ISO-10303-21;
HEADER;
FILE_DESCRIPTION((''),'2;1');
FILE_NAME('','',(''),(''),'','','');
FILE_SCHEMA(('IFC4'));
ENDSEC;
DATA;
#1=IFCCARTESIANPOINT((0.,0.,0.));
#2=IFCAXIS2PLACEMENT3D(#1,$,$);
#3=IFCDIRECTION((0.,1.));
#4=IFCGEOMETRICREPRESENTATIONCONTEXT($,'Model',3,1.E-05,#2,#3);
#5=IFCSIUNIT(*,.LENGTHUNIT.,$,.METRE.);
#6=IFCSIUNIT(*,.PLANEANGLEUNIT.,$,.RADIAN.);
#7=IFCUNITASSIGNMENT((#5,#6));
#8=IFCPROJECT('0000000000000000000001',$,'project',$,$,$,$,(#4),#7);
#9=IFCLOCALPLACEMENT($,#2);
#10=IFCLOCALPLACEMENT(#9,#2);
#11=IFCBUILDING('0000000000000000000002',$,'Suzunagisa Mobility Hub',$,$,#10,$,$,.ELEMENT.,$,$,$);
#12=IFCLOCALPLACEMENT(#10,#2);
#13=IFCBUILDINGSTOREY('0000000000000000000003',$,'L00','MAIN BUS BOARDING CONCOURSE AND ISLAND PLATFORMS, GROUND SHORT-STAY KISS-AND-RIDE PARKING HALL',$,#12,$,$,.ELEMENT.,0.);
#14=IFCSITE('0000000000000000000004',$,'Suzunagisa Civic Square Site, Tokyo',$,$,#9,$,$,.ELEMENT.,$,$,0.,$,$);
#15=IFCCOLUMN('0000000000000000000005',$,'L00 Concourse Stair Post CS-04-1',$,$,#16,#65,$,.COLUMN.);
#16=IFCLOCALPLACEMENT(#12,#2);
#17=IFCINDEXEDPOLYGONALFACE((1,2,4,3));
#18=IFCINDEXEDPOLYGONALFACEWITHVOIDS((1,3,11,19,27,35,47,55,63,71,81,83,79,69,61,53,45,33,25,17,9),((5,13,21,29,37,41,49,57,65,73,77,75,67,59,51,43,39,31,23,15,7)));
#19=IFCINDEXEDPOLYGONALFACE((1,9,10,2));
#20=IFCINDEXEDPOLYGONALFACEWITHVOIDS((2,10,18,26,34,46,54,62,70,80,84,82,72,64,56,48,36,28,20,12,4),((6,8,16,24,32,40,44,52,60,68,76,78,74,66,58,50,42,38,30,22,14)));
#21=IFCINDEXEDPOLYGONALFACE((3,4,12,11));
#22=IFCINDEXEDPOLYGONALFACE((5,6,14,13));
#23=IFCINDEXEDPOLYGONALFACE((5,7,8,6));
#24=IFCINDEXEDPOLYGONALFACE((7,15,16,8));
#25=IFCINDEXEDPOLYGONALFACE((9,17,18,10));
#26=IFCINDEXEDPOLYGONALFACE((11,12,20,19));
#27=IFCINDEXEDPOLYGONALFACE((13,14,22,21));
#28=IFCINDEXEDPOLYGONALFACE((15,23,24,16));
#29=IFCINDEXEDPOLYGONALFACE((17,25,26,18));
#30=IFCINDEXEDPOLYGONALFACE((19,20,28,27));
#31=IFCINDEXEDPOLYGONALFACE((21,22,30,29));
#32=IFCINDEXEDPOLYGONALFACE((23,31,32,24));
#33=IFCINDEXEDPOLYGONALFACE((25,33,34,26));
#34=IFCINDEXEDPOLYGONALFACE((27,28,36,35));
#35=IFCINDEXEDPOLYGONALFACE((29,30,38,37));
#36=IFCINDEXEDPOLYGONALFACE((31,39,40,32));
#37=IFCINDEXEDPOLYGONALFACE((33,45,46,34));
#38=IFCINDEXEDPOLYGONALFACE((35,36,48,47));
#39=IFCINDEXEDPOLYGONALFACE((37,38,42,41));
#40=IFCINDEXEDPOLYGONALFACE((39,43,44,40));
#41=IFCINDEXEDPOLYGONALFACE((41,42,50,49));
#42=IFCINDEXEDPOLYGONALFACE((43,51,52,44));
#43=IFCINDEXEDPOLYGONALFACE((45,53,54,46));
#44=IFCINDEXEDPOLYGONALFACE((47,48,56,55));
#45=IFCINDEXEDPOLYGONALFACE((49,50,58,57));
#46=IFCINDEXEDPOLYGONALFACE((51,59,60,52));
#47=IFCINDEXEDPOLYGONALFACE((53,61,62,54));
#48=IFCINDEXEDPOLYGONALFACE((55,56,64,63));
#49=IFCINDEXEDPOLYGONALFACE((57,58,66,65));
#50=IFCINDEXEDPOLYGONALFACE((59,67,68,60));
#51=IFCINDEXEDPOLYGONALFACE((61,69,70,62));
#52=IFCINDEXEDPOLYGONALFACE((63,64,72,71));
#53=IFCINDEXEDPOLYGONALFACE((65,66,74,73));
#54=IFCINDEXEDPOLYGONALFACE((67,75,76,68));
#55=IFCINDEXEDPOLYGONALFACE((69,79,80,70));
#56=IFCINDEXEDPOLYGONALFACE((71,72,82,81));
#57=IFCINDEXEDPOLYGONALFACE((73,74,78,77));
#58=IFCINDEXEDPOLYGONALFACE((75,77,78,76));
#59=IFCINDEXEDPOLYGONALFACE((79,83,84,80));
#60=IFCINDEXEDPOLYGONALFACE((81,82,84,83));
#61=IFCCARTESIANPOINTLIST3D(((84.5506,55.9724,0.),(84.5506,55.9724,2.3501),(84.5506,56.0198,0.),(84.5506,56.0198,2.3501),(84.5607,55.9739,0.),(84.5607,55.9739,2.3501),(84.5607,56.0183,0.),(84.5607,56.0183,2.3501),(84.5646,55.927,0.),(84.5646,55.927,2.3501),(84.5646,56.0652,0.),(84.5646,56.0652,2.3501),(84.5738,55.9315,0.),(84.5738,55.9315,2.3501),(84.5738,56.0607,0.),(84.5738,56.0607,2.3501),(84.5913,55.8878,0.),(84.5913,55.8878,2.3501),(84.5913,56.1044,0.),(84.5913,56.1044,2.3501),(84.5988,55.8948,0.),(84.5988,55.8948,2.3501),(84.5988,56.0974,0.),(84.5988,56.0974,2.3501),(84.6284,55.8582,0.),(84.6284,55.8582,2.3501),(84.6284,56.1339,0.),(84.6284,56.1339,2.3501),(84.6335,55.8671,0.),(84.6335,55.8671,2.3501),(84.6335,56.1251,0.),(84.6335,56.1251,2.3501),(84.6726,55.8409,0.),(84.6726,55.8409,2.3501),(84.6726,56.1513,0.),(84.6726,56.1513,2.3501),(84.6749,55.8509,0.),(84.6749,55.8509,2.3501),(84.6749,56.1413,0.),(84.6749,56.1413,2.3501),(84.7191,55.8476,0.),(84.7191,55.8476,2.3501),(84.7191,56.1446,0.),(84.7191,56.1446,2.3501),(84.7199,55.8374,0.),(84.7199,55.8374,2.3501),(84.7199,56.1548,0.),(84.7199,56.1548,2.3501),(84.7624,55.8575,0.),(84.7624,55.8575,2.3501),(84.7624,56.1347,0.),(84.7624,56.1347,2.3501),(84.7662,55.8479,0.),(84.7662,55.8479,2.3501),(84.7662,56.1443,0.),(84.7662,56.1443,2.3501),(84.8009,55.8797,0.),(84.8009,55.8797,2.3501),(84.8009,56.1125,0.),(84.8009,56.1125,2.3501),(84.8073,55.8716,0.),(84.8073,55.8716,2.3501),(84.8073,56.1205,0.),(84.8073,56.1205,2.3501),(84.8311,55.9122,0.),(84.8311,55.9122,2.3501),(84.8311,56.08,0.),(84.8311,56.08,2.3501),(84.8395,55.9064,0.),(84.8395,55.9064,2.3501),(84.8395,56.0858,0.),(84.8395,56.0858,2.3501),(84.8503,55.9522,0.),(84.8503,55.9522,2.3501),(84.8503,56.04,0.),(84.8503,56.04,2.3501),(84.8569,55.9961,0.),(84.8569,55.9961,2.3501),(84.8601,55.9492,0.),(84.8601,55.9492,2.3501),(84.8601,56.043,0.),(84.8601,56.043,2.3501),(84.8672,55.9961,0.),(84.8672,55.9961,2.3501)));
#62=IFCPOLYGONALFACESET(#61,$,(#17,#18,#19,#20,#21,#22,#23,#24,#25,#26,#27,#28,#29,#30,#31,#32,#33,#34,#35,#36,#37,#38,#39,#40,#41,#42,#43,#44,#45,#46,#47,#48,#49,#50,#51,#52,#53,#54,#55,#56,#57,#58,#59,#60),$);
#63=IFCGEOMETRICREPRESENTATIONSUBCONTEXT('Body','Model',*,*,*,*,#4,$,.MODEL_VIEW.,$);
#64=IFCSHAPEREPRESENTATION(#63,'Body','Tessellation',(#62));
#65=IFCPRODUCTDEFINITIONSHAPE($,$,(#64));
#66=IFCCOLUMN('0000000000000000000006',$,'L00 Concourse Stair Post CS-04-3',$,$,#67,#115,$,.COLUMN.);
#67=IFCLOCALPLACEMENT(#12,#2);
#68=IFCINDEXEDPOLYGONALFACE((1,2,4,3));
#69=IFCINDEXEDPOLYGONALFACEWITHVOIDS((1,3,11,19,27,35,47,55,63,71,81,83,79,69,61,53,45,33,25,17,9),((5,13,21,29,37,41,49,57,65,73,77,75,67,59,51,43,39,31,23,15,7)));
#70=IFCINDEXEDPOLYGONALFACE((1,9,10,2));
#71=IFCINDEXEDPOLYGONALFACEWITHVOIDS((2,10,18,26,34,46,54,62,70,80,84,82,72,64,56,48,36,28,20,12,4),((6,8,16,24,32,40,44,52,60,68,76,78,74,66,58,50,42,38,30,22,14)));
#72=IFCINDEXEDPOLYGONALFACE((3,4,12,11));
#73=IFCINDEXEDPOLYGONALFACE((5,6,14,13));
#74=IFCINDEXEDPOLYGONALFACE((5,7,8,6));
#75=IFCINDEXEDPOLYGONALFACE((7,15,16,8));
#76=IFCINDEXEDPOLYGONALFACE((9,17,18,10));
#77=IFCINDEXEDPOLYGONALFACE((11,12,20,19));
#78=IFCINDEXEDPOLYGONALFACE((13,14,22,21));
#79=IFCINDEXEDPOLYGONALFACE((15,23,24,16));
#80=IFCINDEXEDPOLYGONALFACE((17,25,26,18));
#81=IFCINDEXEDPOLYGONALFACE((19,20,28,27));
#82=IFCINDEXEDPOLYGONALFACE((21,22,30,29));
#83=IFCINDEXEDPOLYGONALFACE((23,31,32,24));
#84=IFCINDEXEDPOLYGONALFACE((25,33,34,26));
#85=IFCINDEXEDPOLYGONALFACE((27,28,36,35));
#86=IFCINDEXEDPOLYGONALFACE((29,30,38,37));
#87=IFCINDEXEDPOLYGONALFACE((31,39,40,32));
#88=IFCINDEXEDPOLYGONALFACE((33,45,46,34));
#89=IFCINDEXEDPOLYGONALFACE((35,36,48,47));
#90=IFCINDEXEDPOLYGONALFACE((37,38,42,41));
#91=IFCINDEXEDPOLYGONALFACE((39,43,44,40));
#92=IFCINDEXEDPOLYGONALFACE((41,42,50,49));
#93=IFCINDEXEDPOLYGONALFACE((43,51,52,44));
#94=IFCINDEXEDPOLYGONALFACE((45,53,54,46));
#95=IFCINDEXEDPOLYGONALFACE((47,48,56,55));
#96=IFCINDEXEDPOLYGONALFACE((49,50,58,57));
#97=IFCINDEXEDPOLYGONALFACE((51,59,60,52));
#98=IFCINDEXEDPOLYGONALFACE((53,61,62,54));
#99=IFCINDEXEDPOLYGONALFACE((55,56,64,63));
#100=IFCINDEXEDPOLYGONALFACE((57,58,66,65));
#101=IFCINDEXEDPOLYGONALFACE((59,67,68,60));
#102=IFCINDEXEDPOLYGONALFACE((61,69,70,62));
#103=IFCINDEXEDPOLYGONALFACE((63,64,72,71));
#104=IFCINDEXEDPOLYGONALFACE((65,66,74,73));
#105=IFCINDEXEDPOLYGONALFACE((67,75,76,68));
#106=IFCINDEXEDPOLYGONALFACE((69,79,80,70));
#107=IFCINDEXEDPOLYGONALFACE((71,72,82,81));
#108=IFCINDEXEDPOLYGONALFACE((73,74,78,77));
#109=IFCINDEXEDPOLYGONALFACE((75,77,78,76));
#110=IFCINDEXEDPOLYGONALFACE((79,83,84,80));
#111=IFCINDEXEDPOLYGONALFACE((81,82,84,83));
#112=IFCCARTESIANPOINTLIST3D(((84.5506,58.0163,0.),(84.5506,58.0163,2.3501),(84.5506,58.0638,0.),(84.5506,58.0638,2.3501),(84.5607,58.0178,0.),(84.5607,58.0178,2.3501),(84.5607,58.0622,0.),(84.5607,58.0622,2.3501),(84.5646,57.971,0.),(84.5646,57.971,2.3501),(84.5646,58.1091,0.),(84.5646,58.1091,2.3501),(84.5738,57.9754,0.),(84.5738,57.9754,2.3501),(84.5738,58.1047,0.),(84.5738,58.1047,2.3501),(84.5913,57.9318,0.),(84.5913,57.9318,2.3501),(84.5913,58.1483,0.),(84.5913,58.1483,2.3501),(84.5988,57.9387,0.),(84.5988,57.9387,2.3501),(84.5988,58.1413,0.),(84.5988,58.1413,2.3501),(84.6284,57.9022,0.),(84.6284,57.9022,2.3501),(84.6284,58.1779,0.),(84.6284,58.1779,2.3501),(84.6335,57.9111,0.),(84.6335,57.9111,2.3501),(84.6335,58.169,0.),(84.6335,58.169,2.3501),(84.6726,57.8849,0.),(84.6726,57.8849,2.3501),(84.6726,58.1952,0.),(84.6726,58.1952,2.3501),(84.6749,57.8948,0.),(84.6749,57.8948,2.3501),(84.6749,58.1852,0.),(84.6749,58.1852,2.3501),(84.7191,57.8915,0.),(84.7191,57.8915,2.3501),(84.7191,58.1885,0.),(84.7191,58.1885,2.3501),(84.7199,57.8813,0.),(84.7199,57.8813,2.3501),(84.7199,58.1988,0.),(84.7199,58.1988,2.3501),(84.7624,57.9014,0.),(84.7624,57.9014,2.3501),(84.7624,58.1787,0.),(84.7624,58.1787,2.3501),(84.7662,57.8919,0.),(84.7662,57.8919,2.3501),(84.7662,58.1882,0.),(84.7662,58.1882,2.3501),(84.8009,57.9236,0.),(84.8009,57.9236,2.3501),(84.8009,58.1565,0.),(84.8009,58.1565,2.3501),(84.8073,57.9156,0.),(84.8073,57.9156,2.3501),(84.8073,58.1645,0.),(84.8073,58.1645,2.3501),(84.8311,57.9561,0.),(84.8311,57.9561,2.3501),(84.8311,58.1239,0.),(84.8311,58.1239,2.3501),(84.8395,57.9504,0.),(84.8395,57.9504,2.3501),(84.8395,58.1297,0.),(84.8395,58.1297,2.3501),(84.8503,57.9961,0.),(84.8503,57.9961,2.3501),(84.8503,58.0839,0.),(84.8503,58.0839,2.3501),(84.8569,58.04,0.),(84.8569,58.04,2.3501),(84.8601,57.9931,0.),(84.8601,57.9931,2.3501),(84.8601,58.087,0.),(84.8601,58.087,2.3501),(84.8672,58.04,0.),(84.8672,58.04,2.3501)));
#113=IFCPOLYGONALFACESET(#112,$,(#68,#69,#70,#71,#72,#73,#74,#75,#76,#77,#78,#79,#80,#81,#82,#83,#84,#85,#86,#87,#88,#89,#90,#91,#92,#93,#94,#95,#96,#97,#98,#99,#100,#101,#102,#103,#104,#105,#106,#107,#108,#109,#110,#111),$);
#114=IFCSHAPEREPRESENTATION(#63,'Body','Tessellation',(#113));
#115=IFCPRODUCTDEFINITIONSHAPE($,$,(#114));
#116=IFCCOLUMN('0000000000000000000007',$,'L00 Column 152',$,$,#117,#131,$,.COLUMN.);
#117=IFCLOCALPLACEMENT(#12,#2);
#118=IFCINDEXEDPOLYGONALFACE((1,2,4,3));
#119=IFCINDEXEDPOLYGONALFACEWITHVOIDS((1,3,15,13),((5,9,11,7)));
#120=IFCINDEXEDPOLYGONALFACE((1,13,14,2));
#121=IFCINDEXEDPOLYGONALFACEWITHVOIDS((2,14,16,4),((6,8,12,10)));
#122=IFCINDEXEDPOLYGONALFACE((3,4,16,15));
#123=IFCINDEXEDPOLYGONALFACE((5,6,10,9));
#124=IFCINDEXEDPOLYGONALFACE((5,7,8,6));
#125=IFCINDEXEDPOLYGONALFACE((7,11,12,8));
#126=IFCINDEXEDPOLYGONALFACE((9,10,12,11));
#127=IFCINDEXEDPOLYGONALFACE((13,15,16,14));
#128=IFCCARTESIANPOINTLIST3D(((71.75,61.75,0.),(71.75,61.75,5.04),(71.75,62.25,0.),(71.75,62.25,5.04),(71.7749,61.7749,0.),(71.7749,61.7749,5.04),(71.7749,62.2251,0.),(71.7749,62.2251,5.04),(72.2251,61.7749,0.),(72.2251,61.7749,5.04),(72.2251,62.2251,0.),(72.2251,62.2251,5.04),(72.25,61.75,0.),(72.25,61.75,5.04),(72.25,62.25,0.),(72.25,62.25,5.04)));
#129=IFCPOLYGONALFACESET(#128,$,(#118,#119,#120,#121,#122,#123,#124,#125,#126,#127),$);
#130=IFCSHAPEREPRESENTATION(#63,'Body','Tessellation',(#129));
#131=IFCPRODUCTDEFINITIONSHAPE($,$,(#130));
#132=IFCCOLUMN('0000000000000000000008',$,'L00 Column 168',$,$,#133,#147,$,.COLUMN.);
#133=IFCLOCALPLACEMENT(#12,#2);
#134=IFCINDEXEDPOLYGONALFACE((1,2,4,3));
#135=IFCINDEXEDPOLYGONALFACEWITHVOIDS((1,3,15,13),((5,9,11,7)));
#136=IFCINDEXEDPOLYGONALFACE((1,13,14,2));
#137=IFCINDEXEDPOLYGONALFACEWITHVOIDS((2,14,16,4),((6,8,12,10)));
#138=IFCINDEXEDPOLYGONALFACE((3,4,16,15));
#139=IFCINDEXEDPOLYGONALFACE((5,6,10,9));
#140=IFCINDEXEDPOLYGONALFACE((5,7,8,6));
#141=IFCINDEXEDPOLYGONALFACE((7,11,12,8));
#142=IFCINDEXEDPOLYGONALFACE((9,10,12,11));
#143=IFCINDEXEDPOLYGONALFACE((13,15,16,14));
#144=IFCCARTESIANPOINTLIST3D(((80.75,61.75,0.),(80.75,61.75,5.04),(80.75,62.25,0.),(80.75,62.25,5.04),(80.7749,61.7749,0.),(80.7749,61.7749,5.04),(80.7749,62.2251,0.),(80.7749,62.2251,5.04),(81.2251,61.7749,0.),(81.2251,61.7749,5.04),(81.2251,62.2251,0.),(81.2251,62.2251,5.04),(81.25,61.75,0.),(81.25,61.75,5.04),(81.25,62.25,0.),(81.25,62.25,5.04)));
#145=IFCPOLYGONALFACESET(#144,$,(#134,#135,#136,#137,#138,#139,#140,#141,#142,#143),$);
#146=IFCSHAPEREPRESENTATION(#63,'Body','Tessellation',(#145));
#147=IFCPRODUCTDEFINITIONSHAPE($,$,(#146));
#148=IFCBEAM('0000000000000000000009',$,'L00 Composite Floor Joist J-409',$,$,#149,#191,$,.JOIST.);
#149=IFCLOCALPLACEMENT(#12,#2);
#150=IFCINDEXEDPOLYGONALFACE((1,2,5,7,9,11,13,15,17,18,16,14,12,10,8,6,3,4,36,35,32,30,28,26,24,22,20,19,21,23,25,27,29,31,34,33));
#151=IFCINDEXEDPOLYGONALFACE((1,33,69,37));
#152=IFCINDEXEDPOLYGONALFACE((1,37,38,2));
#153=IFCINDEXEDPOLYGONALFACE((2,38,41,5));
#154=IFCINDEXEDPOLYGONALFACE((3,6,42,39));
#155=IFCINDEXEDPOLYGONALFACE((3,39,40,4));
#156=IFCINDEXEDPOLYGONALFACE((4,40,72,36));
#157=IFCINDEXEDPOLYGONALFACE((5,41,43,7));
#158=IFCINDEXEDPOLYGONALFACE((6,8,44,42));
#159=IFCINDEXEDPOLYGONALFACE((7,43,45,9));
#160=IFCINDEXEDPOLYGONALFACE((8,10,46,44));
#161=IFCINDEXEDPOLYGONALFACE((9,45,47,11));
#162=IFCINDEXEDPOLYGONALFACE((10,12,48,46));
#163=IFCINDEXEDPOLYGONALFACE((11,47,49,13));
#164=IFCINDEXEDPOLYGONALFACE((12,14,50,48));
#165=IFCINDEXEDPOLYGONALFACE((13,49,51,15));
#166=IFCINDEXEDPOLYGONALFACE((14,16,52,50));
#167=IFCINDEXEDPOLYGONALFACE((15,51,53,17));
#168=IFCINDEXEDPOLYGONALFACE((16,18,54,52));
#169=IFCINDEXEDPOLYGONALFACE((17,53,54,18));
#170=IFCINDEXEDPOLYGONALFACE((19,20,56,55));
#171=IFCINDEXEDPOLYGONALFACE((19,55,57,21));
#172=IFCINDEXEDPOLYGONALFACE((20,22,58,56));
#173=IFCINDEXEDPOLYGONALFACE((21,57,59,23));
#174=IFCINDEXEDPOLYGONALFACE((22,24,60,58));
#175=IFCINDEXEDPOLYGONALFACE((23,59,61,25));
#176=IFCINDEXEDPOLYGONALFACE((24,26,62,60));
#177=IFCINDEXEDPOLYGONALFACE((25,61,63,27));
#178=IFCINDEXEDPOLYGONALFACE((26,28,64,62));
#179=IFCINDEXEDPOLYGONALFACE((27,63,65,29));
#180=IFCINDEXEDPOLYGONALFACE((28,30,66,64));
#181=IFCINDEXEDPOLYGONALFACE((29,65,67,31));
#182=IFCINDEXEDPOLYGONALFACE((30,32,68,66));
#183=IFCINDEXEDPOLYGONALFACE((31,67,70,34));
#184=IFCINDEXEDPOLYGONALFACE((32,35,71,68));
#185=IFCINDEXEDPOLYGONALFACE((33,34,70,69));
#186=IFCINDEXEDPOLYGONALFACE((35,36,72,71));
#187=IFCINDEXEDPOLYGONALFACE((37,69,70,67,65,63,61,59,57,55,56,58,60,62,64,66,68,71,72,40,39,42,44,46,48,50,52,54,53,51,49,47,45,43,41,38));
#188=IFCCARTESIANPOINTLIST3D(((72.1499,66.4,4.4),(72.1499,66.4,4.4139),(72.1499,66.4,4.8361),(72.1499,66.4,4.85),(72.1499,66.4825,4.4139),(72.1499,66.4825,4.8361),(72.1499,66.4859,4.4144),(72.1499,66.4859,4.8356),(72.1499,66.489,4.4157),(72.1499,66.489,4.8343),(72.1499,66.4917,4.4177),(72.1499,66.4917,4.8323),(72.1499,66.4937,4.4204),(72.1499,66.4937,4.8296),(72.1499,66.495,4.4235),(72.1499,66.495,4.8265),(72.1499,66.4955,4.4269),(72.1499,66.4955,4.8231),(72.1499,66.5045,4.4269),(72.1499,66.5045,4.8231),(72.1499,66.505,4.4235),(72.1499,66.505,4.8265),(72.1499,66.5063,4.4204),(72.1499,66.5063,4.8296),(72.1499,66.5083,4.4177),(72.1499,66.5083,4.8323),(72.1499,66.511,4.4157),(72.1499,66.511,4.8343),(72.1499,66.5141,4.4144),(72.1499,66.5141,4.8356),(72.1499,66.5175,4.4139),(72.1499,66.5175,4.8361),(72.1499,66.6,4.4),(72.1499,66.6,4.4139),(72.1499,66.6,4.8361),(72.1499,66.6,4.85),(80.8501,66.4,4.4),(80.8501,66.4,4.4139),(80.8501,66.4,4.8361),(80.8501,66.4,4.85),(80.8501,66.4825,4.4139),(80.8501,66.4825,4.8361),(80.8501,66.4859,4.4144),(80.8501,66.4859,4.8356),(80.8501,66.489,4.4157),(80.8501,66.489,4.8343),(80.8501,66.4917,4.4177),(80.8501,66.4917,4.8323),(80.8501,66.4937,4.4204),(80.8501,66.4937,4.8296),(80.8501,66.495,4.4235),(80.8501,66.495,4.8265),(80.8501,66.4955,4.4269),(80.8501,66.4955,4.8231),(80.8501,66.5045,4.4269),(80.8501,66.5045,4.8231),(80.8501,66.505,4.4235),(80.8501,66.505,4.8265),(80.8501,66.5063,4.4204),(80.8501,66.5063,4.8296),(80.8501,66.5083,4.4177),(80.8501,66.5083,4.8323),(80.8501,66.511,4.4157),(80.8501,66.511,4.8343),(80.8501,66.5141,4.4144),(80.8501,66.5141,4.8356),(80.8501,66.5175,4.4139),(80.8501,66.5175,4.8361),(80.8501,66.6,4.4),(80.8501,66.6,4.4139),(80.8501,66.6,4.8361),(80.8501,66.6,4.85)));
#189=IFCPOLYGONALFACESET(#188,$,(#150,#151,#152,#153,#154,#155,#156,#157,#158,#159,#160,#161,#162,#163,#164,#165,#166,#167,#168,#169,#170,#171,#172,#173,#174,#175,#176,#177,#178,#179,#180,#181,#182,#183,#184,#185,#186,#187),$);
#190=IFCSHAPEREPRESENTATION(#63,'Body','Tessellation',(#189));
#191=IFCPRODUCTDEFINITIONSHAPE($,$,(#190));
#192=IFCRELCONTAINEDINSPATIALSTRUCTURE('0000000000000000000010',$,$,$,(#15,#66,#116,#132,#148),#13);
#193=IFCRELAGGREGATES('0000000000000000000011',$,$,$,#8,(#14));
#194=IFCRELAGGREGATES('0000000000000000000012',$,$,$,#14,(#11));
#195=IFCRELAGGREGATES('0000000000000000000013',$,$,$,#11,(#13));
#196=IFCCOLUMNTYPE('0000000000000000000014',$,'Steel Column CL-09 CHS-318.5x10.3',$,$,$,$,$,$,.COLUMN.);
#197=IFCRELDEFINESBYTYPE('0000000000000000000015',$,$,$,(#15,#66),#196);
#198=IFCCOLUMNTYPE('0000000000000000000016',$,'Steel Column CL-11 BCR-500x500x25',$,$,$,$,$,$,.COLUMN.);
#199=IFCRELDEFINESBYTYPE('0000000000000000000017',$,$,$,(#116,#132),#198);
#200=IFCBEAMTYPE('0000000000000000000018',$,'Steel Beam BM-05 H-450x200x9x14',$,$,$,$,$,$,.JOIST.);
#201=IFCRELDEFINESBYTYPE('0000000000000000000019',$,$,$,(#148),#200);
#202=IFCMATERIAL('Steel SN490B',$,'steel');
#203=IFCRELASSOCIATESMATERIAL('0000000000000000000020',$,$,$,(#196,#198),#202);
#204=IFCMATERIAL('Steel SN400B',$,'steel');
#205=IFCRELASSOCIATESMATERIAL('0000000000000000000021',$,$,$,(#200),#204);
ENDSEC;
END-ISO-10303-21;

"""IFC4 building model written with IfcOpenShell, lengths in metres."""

from ifc_helpers import new_model, si_unit, direction, frame, origin, origin_2d, place, context, subcontext, project, spatial, hollow_rectangle, hollow_circle, i_section, extrude, material, material_profile, profile_set, type_object, element, save


model = new_model("IFC4")

# Units and contexts
model_context = context("Model", 3, precision=1e-05, world=origin(), true_north=direction((0.0, 1.0)))
body_context = subcontext(model_context, "Body", "Model", "MODEL_VIEW")
ifc_project = project(units=[si_unit("LENGTHUNIT", "METRE"), si_unit("PLANEANGLEUNIT", "RADIAN")], contexts=[model_context])

# Site, building, storey
site_placement = place(None, origin())
site = spatial("IfcSite", under=ifc_project, at=site_placement, Name="Suzunagisa Civic Square Site, Tokyo", CompositionType="ELEMENT", RefElevation=0.0)
building_placement = place(site_placement, origin())
building = spatial("IfcBuilding", under=site, at=building_placement, Name="Suzunagisa Mobility Hub", CompositionType="ELEMENT")
storey_placement = place(building_placement, origin())
storey = spatial("IfcBuildingStorey", under=building, at=storey_placement, Name="L00", Description="MAIN BUS BOARDING CONCOURSE AND ISLAND PLATFORMS, GROUND SHORT-STAY KISS-AND-RIDE PARKING HALL", CompositionType="ELEMENT", Elevation=0.0)

# Columns
ifc_material_1 = material(Name="Steel SN490B", Category="steel")
ifc_material_profile_1 = material_profile(ifc_material_1, hollow_circle(Radius=0.1592, WallThickness=0.0103, at=origin_2d()), Name="CHS-318.5x10.3")
ifc_profile_set_1 = profile_set([ifc_material_profile_1], Name="Steel SN490B")
column_type_1 = type_object("IfcColumnType", Name="Steel Column CL-09 CHS-318.5x10.3", PredefinedType="COLUMN", material=ifc_profile_set_1)
for number, where, z_axis, x_axis, name in (
    (1, (84.708, 55.9961, 0.0), (0.0, 0.0, 1.0), (1.0, 0.0, 0.0), "L00 Concourse Stair Post CS-04-1"),
    (2, (84.708, 58.04, 0.0), (0.0, 0.0, 1.0), (1.0, 0.0, 0.0), "L00 Concourse Stair Post CS-04-3"),
):
    element("IfcColumn", number, at=place(storey_placement, frame(where, z_axis=z_axis, x_axis=x_axis)), inside=storey, type_object=column_type_1, Name=name, PredefinedType="COLUMN", context=body_context, shape_type="SweptSolid", body=[
        extrude(hollow_circle(Radius=0.1592, WallThickness=0.0103, at=origin_2d()), origin(), (0.0, 0.0, 1.0), 2.3501),
    ])
ifc_material_profile_2 = material_profile(ifc_material_1, hollow_rectangle(XDim=0.5, YDim=0.5, WallThickness=0.0249, at=origin_2d()), Name="BCR-500x500x25")
ifc_profile_set_2 = profile_set([ifc_material_profile_2], Name="Steel SN490B")
column_type_2 = type_object("IfcColumnType", Name="Steel Column CL-11 BCR-500x500x25", PredefinedType="COLUMN", material=ifc_profile_set_2)
for number, where, z_axis, x_axis, name in (
    (3, (72.0, 62.0, 0.0), (0.0, 0.0, 1.0), (1.0, 0.0, 0.0), "L00 Column 152"),
    (4, (81.0, 62.0, 0.0), (0.0, 0.0, 1.0), (1.0, 0.0, 0.0), "L00 Column 168"),
):
    element("IfcColumn", number, at=place(storey_placement, frame(where, z_axis=z_axis, x_axis=x_axis)), inside=storey, type_object=column_type_2, Name=name, PredefinedType="COLUMN", context=body_context, shape_type="SweptSolid", body=[
        extrude(hollow_rectangle(XDim=0.5, YDim=0.5, WallThickness=0.0249, at=origin_2d()), origin(), (0.0, 0.0, 1.0), 5.04),
    ])

# Beam
ifc_material_2 = material(Name="Steel SN400B", Category="steel")
ifc_material_profile_3 = material_profile(ifc_material_2, i_section(OverallWidth=0.2, OverallDepth=0.45, WebThickness=0.009, FlangeThickness=0.0139, FilletRadius=0.0129, at=origin_2d()), Name="H-450x200x9x14")
ifc_profile_set_3 = profile_set([ifc_material_profile_3], Name="Steel SN400B")
beam_type_1 = type_object("IfcBeamType", Name="Steel Beam BM-05 H-450x200x9x14", PredefinedType="JOIST", material=ifc_profile_set_3)
for number, where, z_axis, x_axis, name in (
    (5, (72.1499, 66.5, 4.625), (1.0, 0.0, 0.0), (0.0, 1.0, 0.0), "L00 Composite Floor Joist J-409"),
):
    element("IfcBeam", number, at=place(storey_placement, frame(where, z_axis=z_axis, x_axis=x_axis)), inside=storey, type_object=beam_type_1, Name=name, PredefinedType="JOIST", context=body_context, shape_type="SweptSolid", body=[
        extrude(i_section(OverallWidth=0.2, OverallDepth=0.45, WebThickness=0.009, FlangeThickness=0.0139, FilletRadius=0.0129, at=origin_2d()), origin(), (0.0, 0.0, 1.0), 8.7002),
    ])

save(model, "model.ifc")
